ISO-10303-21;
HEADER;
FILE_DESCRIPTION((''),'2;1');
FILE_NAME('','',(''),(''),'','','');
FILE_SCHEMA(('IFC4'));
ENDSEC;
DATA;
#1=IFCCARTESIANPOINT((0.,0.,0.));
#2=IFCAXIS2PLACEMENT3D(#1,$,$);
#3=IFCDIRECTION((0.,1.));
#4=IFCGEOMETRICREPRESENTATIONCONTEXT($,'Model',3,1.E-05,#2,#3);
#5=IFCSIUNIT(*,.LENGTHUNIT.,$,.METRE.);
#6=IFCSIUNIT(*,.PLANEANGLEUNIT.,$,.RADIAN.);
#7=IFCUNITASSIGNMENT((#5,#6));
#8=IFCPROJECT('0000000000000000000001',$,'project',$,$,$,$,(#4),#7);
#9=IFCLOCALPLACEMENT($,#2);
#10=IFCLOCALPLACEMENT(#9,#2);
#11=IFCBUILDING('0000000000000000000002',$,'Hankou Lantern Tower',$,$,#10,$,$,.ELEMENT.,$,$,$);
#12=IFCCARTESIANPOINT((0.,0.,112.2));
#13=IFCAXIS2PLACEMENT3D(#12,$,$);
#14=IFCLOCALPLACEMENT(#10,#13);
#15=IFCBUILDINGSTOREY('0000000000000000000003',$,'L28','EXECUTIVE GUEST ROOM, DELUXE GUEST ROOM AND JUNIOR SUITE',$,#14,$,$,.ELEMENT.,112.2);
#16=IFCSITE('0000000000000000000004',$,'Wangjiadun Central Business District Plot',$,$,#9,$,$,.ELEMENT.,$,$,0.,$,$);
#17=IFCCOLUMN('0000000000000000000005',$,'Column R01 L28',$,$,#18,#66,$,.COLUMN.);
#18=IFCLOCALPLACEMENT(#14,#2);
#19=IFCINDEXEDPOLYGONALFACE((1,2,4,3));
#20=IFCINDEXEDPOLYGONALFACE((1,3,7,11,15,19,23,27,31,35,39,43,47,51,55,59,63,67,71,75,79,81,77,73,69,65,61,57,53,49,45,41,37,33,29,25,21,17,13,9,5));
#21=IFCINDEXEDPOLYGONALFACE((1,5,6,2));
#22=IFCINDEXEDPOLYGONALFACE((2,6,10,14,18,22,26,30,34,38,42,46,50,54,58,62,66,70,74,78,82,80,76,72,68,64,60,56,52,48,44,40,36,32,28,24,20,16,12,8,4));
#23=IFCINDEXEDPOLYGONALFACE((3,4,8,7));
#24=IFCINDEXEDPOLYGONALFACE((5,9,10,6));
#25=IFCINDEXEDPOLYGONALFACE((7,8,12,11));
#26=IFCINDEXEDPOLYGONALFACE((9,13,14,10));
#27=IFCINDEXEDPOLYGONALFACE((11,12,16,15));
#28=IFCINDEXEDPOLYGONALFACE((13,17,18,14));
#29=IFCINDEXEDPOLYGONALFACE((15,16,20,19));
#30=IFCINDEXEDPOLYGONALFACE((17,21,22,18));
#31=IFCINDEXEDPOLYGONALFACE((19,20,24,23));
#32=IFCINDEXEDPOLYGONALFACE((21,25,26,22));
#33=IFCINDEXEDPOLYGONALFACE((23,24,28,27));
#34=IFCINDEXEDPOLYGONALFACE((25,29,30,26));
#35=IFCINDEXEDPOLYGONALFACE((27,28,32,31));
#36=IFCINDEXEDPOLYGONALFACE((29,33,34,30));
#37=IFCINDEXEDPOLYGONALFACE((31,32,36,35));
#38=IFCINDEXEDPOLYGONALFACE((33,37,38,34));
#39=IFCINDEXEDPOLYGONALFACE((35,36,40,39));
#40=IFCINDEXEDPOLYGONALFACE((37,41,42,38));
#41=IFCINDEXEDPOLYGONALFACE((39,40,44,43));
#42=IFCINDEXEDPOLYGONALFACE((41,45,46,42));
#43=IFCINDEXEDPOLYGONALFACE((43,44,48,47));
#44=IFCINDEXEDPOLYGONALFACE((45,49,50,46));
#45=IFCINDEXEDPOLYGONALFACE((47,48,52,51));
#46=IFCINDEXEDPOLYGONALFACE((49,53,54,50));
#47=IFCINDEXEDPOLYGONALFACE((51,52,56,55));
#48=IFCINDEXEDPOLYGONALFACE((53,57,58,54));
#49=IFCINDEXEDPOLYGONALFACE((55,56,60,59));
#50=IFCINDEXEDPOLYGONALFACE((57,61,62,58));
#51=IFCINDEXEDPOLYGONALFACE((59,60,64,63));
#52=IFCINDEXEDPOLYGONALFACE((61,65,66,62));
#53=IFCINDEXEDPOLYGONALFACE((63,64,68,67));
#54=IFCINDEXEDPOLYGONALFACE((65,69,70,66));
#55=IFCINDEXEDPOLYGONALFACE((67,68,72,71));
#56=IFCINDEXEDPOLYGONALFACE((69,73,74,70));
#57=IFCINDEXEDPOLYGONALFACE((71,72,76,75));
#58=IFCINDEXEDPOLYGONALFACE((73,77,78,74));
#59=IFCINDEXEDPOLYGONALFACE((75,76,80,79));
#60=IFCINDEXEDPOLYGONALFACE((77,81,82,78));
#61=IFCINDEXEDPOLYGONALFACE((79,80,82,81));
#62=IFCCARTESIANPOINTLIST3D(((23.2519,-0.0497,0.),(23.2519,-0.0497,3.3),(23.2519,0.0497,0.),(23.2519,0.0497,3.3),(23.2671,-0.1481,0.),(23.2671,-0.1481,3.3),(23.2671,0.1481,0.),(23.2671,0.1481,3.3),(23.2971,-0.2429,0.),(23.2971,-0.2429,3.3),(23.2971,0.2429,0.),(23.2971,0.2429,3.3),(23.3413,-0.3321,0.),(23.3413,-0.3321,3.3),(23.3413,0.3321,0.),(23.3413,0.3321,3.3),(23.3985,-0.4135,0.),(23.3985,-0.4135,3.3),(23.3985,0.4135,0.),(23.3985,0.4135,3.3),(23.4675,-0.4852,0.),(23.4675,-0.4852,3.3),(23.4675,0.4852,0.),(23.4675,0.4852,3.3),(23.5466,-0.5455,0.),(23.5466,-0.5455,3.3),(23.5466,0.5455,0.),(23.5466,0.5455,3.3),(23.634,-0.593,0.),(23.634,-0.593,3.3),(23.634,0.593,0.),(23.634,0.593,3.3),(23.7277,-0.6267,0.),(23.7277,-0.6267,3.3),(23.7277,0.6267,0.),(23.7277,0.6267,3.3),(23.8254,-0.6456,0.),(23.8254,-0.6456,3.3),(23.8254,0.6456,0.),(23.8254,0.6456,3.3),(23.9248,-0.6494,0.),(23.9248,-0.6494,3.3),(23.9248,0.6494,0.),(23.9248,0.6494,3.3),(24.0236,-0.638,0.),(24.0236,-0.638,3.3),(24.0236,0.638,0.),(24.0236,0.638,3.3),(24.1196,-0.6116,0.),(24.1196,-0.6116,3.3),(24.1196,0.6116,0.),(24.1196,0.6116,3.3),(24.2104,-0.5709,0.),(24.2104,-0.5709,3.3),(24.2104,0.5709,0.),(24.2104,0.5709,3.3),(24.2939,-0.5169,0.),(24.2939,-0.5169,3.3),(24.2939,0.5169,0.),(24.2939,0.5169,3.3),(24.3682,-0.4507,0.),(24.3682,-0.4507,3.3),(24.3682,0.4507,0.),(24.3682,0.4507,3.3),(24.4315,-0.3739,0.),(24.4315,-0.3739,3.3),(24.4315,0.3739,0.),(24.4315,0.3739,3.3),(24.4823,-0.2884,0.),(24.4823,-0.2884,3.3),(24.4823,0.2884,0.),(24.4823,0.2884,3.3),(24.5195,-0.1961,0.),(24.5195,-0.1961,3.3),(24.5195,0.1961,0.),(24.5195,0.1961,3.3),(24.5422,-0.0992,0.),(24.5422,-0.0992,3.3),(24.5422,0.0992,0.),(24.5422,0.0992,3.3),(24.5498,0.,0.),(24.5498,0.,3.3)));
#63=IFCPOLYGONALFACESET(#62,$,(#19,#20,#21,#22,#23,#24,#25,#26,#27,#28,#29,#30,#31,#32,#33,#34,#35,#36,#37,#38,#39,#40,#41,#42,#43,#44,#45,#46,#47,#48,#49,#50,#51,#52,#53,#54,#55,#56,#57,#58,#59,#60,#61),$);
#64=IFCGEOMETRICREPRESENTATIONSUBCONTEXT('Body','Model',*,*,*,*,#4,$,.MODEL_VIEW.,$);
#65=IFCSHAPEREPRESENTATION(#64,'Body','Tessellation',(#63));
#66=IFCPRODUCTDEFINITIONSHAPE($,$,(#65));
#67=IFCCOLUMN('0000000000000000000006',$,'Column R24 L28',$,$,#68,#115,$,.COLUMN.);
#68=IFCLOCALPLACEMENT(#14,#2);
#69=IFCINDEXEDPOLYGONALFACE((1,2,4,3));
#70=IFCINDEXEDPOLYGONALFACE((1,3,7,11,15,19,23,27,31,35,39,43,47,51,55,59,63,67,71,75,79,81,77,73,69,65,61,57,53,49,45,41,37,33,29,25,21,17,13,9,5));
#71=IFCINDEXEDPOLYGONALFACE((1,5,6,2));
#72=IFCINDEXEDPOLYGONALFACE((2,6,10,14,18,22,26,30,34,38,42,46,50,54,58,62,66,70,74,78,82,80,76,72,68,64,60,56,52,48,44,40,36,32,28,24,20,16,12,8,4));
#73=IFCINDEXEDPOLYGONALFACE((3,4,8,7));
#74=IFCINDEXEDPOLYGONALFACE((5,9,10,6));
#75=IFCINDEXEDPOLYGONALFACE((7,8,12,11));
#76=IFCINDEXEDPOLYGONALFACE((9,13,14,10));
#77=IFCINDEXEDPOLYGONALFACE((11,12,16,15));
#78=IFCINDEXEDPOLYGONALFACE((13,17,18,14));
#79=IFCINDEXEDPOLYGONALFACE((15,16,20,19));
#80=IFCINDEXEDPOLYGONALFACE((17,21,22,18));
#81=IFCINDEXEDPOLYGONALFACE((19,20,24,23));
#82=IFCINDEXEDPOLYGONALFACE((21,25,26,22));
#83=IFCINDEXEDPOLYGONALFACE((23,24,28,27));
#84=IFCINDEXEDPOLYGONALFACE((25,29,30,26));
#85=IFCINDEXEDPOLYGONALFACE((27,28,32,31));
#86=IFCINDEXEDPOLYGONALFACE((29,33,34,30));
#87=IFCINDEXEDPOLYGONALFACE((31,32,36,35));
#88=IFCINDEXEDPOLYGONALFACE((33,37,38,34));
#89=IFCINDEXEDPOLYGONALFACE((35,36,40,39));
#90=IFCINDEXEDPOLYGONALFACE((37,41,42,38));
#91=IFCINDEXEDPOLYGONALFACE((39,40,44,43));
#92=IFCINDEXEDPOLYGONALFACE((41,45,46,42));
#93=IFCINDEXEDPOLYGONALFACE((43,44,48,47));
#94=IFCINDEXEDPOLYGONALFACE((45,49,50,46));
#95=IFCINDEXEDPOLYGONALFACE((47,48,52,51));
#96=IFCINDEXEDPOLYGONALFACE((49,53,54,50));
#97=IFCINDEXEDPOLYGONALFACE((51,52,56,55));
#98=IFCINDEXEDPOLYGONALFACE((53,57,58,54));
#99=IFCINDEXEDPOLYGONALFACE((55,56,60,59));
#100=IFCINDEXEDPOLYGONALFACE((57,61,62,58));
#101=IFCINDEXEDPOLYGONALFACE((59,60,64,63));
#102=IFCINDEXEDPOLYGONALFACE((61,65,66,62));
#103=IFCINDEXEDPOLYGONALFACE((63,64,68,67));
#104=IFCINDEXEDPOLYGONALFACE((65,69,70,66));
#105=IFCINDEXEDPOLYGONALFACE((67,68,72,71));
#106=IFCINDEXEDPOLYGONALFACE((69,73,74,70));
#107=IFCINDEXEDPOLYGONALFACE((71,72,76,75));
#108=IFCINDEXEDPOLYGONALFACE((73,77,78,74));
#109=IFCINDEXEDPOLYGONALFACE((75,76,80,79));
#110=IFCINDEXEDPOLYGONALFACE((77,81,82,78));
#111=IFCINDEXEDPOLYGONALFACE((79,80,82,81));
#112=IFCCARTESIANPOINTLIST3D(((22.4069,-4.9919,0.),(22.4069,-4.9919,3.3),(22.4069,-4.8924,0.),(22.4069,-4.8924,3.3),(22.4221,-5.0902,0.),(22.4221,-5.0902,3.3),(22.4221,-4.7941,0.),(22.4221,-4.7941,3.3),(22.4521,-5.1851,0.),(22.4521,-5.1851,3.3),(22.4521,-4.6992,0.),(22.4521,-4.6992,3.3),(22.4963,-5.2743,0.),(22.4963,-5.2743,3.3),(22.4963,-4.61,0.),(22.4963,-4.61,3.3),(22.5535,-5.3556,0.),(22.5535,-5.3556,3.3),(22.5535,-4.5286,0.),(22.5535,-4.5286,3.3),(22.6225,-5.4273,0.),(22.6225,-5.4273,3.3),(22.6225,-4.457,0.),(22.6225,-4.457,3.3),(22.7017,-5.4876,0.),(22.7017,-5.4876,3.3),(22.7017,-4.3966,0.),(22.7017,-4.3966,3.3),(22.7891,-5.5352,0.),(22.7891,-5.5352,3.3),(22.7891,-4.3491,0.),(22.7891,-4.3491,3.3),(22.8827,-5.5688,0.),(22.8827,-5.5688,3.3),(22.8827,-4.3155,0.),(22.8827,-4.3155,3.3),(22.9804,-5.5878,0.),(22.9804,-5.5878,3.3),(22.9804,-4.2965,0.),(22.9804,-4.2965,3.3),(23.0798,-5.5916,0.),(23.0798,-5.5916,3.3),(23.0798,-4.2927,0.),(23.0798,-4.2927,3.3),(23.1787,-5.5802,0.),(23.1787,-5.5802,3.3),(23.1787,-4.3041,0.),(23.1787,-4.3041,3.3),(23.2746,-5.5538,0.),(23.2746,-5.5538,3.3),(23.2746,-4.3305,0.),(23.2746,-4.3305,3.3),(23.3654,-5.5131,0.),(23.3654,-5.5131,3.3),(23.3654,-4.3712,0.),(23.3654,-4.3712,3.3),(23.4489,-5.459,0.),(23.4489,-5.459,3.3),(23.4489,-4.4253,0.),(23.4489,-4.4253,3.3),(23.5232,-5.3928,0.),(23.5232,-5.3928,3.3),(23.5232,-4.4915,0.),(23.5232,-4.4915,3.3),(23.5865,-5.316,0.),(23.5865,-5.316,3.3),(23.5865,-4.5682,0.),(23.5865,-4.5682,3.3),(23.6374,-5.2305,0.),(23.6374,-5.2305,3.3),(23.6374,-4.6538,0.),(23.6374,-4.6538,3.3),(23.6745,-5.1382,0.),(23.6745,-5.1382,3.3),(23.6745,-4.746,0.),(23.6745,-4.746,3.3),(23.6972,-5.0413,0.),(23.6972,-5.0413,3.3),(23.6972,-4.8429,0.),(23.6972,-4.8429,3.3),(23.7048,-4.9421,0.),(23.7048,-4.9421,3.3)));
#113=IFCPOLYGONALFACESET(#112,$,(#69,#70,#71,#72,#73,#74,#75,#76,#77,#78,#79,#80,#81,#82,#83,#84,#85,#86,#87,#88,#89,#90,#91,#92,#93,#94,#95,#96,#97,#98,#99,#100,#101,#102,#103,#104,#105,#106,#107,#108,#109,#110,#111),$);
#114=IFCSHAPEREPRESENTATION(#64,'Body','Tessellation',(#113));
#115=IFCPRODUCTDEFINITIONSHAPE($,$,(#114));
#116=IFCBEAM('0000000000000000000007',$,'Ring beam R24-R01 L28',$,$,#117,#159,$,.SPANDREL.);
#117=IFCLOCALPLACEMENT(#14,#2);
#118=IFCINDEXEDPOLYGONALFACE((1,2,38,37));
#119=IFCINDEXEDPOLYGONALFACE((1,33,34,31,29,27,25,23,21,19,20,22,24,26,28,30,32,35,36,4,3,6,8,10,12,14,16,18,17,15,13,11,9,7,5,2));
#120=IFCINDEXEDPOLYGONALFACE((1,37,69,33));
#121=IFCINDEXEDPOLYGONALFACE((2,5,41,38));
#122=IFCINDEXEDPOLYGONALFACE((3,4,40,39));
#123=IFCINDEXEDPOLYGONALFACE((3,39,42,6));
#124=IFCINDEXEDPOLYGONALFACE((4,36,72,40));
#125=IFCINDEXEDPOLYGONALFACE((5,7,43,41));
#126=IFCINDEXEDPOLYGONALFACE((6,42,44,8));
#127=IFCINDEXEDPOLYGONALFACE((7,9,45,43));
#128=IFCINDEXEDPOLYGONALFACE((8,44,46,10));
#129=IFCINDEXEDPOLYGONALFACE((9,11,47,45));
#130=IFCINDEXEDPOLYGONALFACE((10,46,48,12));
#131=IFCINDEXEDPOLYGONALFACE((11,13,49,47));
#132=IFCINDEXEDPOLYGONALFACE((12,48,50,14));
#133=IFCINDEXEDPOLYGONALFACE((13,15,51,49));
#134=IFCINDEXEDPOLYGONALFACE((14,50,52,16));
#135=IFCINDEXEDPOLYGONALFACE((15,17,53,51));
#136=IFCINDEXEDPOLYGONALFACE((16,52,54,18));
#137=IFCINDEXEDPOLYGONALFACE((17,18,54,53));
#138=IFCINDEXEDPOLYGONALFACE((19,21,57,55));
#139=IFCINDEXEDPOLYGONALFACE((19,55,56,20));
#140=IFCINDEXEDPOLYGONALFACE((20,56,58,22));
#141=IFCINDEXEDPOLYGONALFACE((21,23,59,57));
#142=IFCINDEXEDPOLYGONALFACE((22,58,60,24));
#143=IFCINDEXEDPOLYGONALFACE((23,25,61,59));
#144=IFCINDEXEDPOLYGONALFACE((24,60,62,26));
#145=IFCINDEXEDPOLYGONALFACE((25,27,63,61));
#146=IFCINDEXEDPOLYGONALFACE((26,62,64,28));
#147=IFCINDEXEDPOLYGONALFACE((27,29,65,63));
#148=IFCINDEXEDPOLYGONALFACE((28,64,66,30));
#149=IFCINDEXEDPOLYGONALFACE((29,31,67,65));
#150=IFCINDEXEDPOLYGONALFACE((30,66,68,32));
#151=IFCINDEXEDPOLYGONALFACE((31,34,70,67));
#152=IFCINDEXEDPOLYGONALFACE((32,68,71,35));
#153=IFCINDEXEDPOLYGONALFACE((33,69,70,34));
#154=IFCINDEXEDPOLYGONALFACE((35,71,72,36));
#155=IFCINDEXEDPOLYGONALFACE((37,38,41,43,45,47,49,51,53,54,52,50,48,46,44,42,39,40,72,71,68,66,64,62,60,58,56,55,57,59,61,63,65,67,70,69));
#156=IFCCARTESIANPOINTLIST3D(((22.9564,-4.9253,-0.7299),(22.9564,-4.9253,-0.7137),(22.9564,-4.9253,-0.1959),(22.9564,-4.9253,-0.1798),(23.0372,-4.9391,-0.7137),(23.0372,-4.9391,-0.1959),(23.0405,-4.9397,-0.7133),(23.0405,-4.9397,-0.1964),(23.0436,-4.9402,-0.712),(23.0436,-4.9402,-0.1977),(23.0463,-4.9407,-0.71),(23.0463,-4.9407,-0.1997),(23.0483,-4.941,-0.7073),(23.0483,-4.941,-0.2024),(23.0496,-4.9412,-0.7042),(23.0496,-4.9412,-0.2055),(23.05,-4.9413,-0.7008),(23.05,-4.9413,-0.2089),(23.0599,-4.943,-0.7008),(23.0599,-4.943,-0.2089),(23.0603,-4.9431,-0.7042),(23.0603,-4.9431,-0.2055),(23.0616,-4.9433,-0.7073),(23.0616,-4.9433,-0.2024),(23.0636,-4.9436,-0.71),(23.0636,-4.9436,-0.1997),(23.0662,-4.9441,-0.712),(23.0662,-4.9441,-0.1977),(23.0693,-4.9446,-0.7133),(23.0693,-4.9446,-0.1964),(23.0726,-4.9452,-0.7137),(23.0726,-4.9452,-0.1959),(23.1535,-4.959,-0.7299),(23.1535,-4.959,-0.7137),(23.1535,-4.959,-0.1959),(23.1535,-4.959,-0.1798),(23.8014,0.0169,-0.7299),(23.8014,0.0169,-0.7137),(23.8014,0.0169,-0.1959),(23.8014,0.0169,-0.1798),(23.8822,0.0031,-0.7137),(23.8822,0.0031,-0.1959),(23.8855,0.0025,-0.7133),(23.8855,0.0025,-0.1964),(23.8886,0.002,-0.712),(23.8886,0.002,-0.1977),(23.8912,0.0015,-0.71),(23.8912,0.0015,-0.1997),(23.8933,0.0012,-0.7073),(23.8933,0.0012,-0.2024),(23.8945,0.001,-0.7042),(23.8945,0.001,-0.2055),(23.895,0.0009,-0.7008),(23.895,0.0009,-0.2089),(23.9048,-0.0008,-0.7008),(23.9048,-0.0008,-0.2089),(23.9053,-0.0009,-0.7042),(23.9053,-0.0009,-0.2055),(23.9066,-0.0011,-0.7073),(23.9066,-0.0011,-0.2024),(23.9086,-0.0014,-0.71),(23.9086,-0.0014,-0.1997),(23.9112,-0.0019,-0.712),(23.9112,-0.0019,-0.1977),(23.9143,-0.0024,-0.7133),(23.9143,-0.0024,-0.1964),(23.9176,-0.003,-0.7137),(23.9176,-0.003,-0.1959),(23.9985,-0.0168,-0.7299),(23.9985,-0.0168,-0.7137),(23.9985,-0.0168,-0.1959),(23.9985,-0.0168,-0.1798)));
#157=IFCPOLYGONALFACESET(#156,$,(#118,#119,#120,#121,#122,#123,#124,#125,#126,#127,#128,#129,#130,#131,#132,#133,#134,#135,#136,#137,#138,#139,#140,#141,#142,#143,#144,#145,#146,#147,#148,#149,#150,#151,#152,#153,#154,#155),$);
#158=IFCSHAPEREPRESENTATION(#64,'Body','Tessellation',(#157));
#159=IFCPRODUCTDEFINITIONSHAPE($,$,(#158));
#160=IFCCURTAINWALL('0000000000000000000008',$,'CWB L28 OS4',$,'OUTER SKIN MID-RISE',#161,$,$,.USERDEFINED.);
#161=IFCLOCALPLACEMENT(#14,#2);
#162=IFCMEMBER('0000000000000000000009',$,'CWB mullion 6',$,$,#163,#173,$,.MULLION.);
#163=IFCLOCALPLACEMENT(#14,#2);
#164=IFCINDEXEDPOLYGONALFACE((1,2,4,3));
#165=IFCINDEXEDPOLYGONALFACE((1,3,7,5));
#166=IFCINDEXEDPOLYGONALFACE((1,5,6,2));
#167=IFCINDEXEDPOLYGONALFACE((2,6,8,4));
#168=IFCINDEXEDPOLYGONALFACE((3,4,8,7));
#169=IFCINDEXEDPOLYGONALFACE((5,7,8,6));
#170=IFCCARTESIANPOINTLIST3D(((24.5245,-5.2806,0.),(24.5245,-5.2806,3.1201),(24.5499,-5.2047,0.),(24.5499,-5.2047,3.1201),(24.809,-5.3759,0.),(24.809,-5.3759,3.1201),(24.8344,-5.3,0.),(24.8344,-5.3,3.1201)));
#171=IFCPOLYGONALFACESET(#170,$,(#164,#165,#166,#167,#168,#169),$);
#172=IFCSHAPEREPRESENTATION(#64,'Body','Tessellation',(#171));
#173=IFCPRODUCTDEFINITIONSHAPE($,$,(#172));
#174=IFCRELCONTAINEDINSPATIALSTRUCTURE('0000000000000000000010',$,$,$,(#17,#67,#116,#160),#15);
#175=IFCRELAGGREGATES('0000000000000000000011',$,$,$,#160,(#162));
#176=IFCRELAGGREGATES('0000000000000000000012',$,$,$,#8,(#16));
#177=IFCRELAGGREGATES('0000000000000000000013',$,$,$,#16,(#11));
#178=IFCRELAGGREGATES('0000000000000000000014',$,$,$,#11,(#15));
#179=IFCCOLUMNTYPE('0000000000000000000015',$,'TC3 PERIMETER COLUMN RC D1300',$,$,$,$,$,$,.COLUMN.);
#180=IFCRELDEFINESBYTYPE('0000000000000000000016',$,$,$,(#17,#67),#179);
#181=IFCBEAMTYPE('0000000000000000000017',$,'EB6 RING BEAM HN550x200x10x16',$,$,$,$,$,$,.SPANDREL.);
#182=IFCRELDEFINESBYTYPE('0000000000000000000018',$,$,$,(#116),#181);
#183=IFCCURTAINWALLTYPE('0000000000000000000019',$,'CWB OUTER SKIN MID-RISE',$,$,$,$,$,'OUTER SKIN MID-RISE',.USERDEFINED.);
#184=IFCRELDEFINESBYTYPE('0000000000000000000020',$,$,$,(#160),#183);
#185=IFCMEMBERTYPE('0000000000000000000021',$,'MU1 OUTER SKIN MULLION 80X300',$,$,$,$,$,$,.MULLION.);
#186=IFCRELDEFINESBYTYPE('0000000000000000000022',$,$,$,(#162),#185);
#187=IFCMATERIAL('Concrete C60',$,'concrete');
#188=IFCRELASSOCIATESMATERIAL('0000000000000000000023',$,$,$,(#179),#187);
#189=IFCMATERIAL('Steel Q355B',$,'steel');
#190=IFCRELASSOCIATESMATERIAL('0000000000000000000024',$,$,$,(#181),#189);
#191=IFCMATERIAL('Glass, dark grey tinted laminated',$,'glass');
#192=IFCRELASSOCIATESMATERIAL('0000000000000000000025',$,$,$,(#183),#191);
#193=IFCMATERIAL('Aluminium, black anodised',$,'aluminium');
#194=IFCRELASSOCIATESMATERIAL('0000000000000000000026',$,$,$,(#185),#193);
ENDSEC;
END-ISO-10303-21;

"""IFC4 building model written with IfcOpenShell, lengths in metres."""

from ifc_helpers import new_model, si_unit, direction, frame, origin, origin_2d, place, context, subcontext, project, spatial, rectangle, circle, i_section, extrude, material, material_profile, profile_set, type_object, element, aggregate, save


model = new_model("IFC4")

# Units and contexts
model_context = context("Model", 3, precision=1e-05, world=origin(), true_north=direction((0.0, 1.0)))
body_context = subcontext(model_context, "Body", "Model", "MODEL_VIEW")
ifc_project = project(units=[si_unit("LENGTHUNIT", "METRE"), si_unit("PLANEANGLEUNIT", "RADIAN")], contexts=[model_context])

# Site, building, storey
site_placement = place(None, origin())
site = spatial("IfcSite", under=ifc_project, at=site_placement, Name="Wangjiadun Central Business District Plot", CompositionType="ELEMENT", RefElevation=0.0)
building_placement = place(site_placement, origin())
building = spatial("IfcBuilding", under=site, at=building_placement, Name="Hankou Lantern Tower", CompositionType="ELEMENT")
storey_placement = place(building_placement, frame((0.0, 0.0, 112.2)))
storey = spatial("IfcBuildingStorey", under=building, at=storey_placement, Name="L28", Description="EXECUTIVE GUEST ROOM, DELUXE GUEST ROOM AND JUNIOR SUITE", CompositionType="ELEMENT", Elevation=112.2)

# Columns
ifc_material_1 = material(Name="Concrete C60", Category="concrete")
ifc_material_profile_1 = material_profile(ifc_material_1, circle(Radius=0.6499, at=origin_2d()), Name="RC D1300")
ifc_profile_set_1 = profile_set([ifc_material_profile_1], Name="Concrete C60")
column_type = type_object("IfcColumnType", Name="TC3 PERIMETER COLUMN RC D1300", PredefinedType="COLUMN", material=ifc_profile_set_1)
for number, where, z_axis, x_axis, name in (
    (1, (23.8999, 0.0, 0.0), (0.0, 0.0, 1.0), (1.0, 0.0, 0.0), "Column R01 L28"),
    (2, (23.0549, -4.9421, 0.0), (0.0, 0.0, 1.0), (1.0, 0.0, 0.0), "Column R24 L28"),
):
    element("IfcColumn", number, at=place(storey_placement, frame(where, z_axis=z_axis, x_axis=x_axis)), inside=storey, type_object=column_type, Name=name, PredefinedType="COLUMN", context=body_context, shape_type="SweptSolid", body=[
        extrude(circle(Radius=0.6499, at=origin_2d()), origin(), (0.0, 0.0, 1.0), 3.3),
    ])

# Beam
ifc_material_2 = material(Name="Steel Q355B", Category="steel")
ifc_material_profile_2 = material_profile(ifc_material_2, i_section(OverallWidth=0.2, OverallDepth=0.55, WebThickness=0.01, FlangeThickness=0.0161, FilletRadius=0.0129, at=origin_2d()), Name="HN550x200x10x16")
ifc_profile_set_2 = profile_set([ifc_material_profile_2], Name="Steel Q355B")
beam_type_1 = type_object("IfcBeamType", Name="EB6 RING BEAM HN550x200x10x16", PredefinedType="SPANDREL", material=ifc_profile_set_2)
beam_1_placement = place(storey_placement, frame((23.0549, -4.9421, -0.4548), z_axis=(0.168527, 0.985697, 0.0), x_axis=(-0.985697, 0.168527, 0.0)))
element("IfcBeam", 3, at=beam_1_placement, inside=storey, type_object=beam_type_1, Name="Ring beam R24-R01 L28", PredefinedType="SPANDREL", context=body_context, shape_type="SweptSolid", body=[
    extrude(i_section(OverallWidth=0.2, OverallDepth=0.55, WebThickness=0.01, FlangeThickness=0.0161, FilletRadius=0.0129, at=origin_2d()), origin(), (0.0, 0.0, 1.0), 5.0139),
])

# Curtain wall, member
ifc_material_3 = material(Name="Glass, dark grey tinted laminated", Category="glass")
curtain_wall_type = type_object("IfcCurtainWallType", Name="CWB OUTER SKIN MID-RISE", ElementType="OUTER SKIN MID-RISE", PredefinedType="USERDEFINED", material=ifc_material_3)
curtain_wall_placement = place(storey_placement, origin())
curtain_wall = element("IfcCurtainWall", 4, at=curtain_wall_placement, inside=storey, type_object=curtain_wall_type, Name="CWB L28 OS4", ObjectType="OUTER SKIN MID-RISE", PredefinedType="USERDEFINED")
ifc_material_4 = material(Name="Aluminium, black anodised", Category="aluminium")
ifc_material_profile_3 = material_profile(ifc_material_4, rectangle(XDim=0.0801, YDim=0.3, at=origin_2d()), Name="MU1 80X300")
ifc_profile_set_3 = profile_set([ifc_material_profile_3], Name="Aluminium, black anodised")
member_type_1 = type_object("IfcMemberType", Name="MU1 OUTER SKIN MULLION 80X300", PredefinedType="MULLION", material=ifc_profile_set_3)
member_1_placement = place(storey_placement, frame((24.6794, -5.2903, 0.0), z_axis=(0.0, 0.0, 1.0), x_axis=(0.317596, 0.948226, 0.0)))
member_1 = element("IfcMember", 5, at=member_1_placement, type_object=member_type_1, Name="CWB mullion 6", PredefinedType="MULLION", context=body_context, shape_type="SweptSolid", body=[
    extrude(rectangle(XDim=0.0801, YDim=0.3, at=origin_2d()), origin(), (0.0, 0.0, 1.0), 3.1201),
])

aggregate(curtain_wall, [member_1])

save(model, "model.ifc")
